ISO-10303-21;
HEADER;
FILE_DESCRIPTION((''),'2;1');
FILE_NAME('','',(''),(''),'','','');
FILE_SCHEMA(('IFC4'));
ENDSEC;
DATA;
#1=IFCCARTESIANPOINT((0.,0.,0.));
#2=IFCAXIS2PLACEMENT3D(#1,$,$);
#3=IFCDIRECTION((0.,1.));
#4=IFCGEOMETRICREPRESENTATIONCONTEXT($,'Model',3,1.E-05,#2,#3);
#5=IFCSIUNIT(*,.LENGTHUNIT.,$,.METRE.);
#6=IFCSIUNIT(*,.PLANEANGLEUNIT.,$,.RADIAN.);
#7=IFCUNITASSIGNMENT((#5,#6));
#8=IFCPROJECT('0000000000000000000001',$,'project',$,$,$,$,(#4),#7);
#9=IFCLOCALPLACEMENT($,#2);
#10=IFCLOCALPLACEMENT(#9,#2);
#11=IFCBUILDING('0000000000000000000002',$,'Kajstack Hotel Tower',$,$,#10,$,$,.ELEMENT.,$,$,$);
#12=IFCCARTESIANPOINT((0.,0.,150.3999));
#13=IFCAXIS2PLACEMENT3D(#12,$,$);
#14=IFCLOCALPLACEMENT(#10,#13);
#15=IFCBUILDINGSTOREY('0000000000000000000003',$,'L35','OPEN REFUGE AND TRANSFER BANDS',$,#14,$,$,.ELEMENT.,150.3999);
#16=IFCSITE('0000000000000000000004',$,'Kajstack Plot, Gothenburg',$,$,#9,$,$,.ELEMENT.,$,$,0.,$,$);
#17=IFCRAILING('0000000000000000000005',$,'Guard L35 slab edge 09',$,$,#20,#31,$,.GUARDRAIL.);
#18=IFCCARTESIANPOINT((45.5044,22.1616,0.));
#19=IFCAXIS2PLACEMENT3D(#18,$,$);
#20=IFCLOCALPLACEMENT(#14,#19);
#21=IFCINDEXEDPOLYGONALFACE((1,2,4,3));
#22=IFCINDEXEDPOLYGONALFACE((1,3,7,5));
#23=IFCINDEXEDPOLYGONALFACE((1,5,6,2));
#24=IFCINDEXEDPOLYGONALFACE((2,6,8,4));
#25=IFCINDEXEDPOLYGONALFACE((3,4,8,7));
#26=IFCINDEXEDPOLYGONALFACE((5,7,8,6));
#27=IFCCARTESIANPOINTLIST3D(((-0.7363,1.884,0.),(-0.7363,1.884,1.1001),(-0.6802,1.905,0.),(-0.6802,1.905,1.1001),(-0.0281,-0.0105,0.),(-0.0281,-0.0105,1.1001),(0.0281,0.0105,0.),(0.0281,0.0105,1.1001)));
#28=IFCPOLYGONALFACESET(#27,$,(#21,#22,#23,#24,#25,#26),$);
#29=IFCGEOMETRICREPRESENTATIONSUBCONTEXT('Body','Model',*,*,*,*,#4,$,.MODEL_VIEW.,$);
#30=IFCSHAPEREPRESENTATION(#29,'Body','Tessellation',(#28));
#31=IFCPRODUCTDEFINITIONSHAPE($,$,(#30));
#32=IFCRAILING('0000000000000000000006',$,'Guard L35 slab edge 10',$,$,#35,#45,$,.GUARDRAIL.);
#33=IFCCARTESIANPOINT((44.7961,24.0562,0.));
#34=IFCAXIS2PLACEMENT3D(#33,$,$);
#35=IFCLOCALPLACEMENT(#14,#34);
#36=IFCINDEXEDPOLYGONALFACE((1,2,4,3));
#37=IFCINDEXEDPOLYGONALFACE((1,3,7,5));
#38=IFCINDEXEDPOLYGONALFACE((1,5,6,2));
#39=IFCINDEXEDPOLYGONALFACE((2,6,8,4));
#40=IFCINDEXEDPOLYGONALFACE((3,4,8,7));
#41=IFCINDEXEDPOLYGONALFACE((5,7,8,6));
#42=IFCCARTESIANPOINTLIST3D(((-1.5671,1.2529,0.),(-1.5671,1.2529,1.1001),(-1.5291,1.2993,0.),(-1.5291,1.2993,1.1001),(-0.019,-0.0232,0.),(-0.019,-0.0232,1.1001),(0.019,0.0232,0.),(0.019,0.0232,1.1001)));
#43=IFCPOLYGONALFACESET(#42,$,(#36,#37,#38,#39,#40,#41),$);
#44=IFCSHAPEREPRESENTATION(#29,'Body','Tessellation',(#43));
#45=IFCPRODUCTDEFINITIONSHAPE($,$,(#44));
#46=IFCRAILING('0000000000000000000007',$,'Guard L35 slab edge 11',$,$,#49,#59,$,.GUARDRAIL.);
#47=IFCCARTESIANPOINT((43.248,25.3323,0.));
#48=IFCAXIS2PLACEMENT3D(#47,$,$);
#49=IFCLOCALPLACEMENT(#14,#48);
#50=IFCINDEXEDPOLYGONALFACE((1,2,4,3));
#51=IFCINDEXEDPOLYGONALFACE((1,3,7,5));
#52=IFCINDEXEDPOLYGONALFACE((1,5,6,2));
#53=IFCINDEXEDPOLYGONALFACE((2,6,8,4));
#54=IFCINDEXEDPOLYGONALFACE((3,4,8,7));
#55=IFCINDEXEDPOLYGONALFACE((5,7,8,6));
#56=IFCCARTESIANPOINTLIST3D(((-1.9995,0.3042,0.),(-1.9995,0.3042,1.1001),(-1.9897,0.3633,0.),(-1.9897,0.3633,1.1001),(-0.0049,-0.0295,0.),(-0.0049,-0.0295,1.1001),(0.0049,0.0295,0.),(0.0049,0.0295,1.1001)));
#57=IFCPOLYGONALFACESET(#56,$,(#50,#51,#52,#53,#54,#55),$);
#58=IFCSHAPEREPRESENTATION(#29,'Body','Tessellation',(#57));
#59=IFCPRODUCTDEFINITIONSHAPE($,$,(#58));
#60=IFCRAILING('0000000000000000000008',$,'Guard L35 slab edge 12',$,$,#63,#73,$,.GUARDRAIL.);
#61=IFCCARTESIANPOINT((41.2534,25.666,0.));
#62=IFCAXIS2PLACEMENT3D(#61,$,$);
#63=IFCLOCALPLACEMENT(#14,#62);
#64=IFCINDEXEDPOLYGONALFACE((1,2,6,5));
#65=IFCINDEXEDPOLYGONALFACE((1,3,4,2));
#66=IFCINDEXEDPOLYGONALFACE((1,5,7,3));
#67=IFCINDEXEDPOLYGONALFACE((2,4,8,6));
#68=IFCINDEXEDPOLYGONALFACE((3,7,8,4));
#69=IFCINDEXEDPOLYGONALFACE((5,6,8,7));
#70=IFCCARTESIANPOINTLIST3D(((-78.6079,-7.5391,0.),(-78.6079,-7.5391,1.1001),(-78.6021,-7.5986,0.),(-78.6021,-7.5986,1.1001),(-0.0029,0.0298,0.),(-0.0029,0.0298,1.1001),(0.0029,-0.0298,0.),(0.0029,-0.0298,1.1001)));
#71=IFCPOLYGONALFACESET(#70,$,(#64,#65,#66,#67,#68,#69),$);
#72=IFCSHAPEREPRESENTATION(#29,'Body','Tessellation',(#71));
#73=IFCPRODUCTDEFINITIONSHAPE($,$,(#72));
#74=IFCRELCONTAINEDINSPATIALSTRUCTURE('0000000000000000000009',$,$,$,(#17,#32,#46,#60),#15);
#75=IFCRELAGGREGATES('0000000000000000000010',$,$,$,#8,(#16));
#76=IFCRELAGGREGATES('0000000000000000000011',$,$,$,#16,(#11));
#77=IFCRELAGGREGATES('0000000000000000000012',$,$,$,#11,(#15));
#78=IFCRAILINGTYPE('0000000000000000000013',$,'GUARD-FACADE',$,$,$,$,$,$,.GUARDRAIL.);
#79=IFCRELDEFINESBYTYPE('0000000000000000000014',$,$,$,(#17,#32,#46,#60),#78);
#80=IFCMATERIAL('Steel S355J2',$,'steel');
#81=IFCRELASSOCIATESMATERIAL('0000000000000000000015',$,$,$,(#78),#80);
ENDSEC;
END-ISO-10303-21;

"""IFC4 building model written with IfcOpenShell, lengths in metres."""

from ifc_helpers import new_model, si_unit, direction, frame, origin, place, context, subcontext, project, spatial, polyline, outline, extrude, material, type_object, element, save


model = new_model("IFC4")

# Units and contexts
model_context = context("Model", 3, precision=1e-05, world=origin(), true_north=direction((0.0, 1.0)))
body_context = subcontext(model_context, "Body", "Model", "MODEL_VIEW")
ifc_project = project(units=[si_unit("LENGTHUNIT", "METRE"), si_unit("PLANEANGLEUNIT", "RADIAN")], contexts=[model_context])

# Site, building, storey
site_placement = place(None, origin())
site = spatial("IfcSite", under=ifc_project, at=site_placement, Name="Kajstack Plot, Gothenburg", CompositionType="ELEMENT", RefElevation=0.0)
building_placement = place(site_placement, origin())
building = spatial("IfcBuilding", under=site, at=building_placement, Name="Kajstack Hotel Tower", CompositionType="ELEMENT")
storey_placement = place(building_placement, frame((0.0, 0.0, 150.3999)))
storey = spatial("IfcBuildingStorey", under=building, at=storey_placement, Name="L35", Description="OPEN REFUGE AND TRANSFER BANDS", CompositionType="ELEMENT", Elevation=150.3999)

# Railings
ifc_material_1 = material(Name="Steel S355J2", Category="steel")
railing_type_1 = type_object("IfcRailingType", Name="GUARD-FACADE", PredefinedType="GUARDRAIL", material=ifc_material_1)
railing_1_placement = place(storey_placement, frame((45.5044, 22.1616, 0.0)))
element("IfcRailing", 1, at=railing_1_placement, inside=storey, type_object=railing_type_1, Name="Guard L35 slab edge 09", PredefinedType="GUARDRAIL", context=body_context, shape_type="SweptSolid", body=[
    extrude(outline(polyline([(-0.7363, 1.884), (-0.6802, 1.905), (0.0281, 0.0105), (-0.0281, -0.0105), (-0.7363, 1.884)])), origin(), (0.0, 0.0, 1.0), 1.1001),
])
railing_2_placement = place(storey_placement, frame((44.7961, 24.0562, 0.0)))
element("IfcRailing", 2, at=railing_2_placement, inside=storey, type_object=railing_type_1, Name="Guard L35 slab edge 10", PredefinedType="GUARDRAIL", context=body_context, shape_type="SweptSolid", body=[
    extrude(outline(polyline([(-1.5671, 1.2529), (-1.5291, 1.2993), (0.019, 0.0232), (-0.019, -0.0232), (-1.5671, 1.2529)])), origin(), (0.0, 0.0, 1.0), 1.1001),
])
railing_3_placement = place(storey_placement, frame((43.248, 25.3323, 0.0)))
element("IfcRailing", 3, at=railing_3_placement, inside=storey, type_object=railing_type_1, Name="Guard L35 slab edge 11", PredefinedType="GUARDRAIL", context=body_context, shape_type="SweptSolid", body=[
    extrude(outline(polyline([(-1.9995, 0.3042), (-1.9897, 0.3633), (0.0049, 0.0295), (-0.0049, -0.0295), (-1.9995, 0.3042)])), origin(), (0.0, 0.0, 1.0), 1.1001),
])
railing_4_placement = place(storey_placement, frame((41.2534, 25.666, 0.0)))
element("IfcRailing", 4, at=railing_4_placement, inside=storey, type_object=railing_type_1, Name="Guard L35 slab edge 12", PredefinedType="GUARDRAIL", context=body_context, shape_type="SweptSolid", body=[
    extrude(outline(polyline([(-78.6021, -7.5986), (-78.6079, -7.5391), (-0.0029, 0.0298), (0.0029, -0.0298), (-78.6021, -7.5986)])), origin(), (0.0, 0.0, 1.0), 1.1001),
])

save(model, "model.ifc")
